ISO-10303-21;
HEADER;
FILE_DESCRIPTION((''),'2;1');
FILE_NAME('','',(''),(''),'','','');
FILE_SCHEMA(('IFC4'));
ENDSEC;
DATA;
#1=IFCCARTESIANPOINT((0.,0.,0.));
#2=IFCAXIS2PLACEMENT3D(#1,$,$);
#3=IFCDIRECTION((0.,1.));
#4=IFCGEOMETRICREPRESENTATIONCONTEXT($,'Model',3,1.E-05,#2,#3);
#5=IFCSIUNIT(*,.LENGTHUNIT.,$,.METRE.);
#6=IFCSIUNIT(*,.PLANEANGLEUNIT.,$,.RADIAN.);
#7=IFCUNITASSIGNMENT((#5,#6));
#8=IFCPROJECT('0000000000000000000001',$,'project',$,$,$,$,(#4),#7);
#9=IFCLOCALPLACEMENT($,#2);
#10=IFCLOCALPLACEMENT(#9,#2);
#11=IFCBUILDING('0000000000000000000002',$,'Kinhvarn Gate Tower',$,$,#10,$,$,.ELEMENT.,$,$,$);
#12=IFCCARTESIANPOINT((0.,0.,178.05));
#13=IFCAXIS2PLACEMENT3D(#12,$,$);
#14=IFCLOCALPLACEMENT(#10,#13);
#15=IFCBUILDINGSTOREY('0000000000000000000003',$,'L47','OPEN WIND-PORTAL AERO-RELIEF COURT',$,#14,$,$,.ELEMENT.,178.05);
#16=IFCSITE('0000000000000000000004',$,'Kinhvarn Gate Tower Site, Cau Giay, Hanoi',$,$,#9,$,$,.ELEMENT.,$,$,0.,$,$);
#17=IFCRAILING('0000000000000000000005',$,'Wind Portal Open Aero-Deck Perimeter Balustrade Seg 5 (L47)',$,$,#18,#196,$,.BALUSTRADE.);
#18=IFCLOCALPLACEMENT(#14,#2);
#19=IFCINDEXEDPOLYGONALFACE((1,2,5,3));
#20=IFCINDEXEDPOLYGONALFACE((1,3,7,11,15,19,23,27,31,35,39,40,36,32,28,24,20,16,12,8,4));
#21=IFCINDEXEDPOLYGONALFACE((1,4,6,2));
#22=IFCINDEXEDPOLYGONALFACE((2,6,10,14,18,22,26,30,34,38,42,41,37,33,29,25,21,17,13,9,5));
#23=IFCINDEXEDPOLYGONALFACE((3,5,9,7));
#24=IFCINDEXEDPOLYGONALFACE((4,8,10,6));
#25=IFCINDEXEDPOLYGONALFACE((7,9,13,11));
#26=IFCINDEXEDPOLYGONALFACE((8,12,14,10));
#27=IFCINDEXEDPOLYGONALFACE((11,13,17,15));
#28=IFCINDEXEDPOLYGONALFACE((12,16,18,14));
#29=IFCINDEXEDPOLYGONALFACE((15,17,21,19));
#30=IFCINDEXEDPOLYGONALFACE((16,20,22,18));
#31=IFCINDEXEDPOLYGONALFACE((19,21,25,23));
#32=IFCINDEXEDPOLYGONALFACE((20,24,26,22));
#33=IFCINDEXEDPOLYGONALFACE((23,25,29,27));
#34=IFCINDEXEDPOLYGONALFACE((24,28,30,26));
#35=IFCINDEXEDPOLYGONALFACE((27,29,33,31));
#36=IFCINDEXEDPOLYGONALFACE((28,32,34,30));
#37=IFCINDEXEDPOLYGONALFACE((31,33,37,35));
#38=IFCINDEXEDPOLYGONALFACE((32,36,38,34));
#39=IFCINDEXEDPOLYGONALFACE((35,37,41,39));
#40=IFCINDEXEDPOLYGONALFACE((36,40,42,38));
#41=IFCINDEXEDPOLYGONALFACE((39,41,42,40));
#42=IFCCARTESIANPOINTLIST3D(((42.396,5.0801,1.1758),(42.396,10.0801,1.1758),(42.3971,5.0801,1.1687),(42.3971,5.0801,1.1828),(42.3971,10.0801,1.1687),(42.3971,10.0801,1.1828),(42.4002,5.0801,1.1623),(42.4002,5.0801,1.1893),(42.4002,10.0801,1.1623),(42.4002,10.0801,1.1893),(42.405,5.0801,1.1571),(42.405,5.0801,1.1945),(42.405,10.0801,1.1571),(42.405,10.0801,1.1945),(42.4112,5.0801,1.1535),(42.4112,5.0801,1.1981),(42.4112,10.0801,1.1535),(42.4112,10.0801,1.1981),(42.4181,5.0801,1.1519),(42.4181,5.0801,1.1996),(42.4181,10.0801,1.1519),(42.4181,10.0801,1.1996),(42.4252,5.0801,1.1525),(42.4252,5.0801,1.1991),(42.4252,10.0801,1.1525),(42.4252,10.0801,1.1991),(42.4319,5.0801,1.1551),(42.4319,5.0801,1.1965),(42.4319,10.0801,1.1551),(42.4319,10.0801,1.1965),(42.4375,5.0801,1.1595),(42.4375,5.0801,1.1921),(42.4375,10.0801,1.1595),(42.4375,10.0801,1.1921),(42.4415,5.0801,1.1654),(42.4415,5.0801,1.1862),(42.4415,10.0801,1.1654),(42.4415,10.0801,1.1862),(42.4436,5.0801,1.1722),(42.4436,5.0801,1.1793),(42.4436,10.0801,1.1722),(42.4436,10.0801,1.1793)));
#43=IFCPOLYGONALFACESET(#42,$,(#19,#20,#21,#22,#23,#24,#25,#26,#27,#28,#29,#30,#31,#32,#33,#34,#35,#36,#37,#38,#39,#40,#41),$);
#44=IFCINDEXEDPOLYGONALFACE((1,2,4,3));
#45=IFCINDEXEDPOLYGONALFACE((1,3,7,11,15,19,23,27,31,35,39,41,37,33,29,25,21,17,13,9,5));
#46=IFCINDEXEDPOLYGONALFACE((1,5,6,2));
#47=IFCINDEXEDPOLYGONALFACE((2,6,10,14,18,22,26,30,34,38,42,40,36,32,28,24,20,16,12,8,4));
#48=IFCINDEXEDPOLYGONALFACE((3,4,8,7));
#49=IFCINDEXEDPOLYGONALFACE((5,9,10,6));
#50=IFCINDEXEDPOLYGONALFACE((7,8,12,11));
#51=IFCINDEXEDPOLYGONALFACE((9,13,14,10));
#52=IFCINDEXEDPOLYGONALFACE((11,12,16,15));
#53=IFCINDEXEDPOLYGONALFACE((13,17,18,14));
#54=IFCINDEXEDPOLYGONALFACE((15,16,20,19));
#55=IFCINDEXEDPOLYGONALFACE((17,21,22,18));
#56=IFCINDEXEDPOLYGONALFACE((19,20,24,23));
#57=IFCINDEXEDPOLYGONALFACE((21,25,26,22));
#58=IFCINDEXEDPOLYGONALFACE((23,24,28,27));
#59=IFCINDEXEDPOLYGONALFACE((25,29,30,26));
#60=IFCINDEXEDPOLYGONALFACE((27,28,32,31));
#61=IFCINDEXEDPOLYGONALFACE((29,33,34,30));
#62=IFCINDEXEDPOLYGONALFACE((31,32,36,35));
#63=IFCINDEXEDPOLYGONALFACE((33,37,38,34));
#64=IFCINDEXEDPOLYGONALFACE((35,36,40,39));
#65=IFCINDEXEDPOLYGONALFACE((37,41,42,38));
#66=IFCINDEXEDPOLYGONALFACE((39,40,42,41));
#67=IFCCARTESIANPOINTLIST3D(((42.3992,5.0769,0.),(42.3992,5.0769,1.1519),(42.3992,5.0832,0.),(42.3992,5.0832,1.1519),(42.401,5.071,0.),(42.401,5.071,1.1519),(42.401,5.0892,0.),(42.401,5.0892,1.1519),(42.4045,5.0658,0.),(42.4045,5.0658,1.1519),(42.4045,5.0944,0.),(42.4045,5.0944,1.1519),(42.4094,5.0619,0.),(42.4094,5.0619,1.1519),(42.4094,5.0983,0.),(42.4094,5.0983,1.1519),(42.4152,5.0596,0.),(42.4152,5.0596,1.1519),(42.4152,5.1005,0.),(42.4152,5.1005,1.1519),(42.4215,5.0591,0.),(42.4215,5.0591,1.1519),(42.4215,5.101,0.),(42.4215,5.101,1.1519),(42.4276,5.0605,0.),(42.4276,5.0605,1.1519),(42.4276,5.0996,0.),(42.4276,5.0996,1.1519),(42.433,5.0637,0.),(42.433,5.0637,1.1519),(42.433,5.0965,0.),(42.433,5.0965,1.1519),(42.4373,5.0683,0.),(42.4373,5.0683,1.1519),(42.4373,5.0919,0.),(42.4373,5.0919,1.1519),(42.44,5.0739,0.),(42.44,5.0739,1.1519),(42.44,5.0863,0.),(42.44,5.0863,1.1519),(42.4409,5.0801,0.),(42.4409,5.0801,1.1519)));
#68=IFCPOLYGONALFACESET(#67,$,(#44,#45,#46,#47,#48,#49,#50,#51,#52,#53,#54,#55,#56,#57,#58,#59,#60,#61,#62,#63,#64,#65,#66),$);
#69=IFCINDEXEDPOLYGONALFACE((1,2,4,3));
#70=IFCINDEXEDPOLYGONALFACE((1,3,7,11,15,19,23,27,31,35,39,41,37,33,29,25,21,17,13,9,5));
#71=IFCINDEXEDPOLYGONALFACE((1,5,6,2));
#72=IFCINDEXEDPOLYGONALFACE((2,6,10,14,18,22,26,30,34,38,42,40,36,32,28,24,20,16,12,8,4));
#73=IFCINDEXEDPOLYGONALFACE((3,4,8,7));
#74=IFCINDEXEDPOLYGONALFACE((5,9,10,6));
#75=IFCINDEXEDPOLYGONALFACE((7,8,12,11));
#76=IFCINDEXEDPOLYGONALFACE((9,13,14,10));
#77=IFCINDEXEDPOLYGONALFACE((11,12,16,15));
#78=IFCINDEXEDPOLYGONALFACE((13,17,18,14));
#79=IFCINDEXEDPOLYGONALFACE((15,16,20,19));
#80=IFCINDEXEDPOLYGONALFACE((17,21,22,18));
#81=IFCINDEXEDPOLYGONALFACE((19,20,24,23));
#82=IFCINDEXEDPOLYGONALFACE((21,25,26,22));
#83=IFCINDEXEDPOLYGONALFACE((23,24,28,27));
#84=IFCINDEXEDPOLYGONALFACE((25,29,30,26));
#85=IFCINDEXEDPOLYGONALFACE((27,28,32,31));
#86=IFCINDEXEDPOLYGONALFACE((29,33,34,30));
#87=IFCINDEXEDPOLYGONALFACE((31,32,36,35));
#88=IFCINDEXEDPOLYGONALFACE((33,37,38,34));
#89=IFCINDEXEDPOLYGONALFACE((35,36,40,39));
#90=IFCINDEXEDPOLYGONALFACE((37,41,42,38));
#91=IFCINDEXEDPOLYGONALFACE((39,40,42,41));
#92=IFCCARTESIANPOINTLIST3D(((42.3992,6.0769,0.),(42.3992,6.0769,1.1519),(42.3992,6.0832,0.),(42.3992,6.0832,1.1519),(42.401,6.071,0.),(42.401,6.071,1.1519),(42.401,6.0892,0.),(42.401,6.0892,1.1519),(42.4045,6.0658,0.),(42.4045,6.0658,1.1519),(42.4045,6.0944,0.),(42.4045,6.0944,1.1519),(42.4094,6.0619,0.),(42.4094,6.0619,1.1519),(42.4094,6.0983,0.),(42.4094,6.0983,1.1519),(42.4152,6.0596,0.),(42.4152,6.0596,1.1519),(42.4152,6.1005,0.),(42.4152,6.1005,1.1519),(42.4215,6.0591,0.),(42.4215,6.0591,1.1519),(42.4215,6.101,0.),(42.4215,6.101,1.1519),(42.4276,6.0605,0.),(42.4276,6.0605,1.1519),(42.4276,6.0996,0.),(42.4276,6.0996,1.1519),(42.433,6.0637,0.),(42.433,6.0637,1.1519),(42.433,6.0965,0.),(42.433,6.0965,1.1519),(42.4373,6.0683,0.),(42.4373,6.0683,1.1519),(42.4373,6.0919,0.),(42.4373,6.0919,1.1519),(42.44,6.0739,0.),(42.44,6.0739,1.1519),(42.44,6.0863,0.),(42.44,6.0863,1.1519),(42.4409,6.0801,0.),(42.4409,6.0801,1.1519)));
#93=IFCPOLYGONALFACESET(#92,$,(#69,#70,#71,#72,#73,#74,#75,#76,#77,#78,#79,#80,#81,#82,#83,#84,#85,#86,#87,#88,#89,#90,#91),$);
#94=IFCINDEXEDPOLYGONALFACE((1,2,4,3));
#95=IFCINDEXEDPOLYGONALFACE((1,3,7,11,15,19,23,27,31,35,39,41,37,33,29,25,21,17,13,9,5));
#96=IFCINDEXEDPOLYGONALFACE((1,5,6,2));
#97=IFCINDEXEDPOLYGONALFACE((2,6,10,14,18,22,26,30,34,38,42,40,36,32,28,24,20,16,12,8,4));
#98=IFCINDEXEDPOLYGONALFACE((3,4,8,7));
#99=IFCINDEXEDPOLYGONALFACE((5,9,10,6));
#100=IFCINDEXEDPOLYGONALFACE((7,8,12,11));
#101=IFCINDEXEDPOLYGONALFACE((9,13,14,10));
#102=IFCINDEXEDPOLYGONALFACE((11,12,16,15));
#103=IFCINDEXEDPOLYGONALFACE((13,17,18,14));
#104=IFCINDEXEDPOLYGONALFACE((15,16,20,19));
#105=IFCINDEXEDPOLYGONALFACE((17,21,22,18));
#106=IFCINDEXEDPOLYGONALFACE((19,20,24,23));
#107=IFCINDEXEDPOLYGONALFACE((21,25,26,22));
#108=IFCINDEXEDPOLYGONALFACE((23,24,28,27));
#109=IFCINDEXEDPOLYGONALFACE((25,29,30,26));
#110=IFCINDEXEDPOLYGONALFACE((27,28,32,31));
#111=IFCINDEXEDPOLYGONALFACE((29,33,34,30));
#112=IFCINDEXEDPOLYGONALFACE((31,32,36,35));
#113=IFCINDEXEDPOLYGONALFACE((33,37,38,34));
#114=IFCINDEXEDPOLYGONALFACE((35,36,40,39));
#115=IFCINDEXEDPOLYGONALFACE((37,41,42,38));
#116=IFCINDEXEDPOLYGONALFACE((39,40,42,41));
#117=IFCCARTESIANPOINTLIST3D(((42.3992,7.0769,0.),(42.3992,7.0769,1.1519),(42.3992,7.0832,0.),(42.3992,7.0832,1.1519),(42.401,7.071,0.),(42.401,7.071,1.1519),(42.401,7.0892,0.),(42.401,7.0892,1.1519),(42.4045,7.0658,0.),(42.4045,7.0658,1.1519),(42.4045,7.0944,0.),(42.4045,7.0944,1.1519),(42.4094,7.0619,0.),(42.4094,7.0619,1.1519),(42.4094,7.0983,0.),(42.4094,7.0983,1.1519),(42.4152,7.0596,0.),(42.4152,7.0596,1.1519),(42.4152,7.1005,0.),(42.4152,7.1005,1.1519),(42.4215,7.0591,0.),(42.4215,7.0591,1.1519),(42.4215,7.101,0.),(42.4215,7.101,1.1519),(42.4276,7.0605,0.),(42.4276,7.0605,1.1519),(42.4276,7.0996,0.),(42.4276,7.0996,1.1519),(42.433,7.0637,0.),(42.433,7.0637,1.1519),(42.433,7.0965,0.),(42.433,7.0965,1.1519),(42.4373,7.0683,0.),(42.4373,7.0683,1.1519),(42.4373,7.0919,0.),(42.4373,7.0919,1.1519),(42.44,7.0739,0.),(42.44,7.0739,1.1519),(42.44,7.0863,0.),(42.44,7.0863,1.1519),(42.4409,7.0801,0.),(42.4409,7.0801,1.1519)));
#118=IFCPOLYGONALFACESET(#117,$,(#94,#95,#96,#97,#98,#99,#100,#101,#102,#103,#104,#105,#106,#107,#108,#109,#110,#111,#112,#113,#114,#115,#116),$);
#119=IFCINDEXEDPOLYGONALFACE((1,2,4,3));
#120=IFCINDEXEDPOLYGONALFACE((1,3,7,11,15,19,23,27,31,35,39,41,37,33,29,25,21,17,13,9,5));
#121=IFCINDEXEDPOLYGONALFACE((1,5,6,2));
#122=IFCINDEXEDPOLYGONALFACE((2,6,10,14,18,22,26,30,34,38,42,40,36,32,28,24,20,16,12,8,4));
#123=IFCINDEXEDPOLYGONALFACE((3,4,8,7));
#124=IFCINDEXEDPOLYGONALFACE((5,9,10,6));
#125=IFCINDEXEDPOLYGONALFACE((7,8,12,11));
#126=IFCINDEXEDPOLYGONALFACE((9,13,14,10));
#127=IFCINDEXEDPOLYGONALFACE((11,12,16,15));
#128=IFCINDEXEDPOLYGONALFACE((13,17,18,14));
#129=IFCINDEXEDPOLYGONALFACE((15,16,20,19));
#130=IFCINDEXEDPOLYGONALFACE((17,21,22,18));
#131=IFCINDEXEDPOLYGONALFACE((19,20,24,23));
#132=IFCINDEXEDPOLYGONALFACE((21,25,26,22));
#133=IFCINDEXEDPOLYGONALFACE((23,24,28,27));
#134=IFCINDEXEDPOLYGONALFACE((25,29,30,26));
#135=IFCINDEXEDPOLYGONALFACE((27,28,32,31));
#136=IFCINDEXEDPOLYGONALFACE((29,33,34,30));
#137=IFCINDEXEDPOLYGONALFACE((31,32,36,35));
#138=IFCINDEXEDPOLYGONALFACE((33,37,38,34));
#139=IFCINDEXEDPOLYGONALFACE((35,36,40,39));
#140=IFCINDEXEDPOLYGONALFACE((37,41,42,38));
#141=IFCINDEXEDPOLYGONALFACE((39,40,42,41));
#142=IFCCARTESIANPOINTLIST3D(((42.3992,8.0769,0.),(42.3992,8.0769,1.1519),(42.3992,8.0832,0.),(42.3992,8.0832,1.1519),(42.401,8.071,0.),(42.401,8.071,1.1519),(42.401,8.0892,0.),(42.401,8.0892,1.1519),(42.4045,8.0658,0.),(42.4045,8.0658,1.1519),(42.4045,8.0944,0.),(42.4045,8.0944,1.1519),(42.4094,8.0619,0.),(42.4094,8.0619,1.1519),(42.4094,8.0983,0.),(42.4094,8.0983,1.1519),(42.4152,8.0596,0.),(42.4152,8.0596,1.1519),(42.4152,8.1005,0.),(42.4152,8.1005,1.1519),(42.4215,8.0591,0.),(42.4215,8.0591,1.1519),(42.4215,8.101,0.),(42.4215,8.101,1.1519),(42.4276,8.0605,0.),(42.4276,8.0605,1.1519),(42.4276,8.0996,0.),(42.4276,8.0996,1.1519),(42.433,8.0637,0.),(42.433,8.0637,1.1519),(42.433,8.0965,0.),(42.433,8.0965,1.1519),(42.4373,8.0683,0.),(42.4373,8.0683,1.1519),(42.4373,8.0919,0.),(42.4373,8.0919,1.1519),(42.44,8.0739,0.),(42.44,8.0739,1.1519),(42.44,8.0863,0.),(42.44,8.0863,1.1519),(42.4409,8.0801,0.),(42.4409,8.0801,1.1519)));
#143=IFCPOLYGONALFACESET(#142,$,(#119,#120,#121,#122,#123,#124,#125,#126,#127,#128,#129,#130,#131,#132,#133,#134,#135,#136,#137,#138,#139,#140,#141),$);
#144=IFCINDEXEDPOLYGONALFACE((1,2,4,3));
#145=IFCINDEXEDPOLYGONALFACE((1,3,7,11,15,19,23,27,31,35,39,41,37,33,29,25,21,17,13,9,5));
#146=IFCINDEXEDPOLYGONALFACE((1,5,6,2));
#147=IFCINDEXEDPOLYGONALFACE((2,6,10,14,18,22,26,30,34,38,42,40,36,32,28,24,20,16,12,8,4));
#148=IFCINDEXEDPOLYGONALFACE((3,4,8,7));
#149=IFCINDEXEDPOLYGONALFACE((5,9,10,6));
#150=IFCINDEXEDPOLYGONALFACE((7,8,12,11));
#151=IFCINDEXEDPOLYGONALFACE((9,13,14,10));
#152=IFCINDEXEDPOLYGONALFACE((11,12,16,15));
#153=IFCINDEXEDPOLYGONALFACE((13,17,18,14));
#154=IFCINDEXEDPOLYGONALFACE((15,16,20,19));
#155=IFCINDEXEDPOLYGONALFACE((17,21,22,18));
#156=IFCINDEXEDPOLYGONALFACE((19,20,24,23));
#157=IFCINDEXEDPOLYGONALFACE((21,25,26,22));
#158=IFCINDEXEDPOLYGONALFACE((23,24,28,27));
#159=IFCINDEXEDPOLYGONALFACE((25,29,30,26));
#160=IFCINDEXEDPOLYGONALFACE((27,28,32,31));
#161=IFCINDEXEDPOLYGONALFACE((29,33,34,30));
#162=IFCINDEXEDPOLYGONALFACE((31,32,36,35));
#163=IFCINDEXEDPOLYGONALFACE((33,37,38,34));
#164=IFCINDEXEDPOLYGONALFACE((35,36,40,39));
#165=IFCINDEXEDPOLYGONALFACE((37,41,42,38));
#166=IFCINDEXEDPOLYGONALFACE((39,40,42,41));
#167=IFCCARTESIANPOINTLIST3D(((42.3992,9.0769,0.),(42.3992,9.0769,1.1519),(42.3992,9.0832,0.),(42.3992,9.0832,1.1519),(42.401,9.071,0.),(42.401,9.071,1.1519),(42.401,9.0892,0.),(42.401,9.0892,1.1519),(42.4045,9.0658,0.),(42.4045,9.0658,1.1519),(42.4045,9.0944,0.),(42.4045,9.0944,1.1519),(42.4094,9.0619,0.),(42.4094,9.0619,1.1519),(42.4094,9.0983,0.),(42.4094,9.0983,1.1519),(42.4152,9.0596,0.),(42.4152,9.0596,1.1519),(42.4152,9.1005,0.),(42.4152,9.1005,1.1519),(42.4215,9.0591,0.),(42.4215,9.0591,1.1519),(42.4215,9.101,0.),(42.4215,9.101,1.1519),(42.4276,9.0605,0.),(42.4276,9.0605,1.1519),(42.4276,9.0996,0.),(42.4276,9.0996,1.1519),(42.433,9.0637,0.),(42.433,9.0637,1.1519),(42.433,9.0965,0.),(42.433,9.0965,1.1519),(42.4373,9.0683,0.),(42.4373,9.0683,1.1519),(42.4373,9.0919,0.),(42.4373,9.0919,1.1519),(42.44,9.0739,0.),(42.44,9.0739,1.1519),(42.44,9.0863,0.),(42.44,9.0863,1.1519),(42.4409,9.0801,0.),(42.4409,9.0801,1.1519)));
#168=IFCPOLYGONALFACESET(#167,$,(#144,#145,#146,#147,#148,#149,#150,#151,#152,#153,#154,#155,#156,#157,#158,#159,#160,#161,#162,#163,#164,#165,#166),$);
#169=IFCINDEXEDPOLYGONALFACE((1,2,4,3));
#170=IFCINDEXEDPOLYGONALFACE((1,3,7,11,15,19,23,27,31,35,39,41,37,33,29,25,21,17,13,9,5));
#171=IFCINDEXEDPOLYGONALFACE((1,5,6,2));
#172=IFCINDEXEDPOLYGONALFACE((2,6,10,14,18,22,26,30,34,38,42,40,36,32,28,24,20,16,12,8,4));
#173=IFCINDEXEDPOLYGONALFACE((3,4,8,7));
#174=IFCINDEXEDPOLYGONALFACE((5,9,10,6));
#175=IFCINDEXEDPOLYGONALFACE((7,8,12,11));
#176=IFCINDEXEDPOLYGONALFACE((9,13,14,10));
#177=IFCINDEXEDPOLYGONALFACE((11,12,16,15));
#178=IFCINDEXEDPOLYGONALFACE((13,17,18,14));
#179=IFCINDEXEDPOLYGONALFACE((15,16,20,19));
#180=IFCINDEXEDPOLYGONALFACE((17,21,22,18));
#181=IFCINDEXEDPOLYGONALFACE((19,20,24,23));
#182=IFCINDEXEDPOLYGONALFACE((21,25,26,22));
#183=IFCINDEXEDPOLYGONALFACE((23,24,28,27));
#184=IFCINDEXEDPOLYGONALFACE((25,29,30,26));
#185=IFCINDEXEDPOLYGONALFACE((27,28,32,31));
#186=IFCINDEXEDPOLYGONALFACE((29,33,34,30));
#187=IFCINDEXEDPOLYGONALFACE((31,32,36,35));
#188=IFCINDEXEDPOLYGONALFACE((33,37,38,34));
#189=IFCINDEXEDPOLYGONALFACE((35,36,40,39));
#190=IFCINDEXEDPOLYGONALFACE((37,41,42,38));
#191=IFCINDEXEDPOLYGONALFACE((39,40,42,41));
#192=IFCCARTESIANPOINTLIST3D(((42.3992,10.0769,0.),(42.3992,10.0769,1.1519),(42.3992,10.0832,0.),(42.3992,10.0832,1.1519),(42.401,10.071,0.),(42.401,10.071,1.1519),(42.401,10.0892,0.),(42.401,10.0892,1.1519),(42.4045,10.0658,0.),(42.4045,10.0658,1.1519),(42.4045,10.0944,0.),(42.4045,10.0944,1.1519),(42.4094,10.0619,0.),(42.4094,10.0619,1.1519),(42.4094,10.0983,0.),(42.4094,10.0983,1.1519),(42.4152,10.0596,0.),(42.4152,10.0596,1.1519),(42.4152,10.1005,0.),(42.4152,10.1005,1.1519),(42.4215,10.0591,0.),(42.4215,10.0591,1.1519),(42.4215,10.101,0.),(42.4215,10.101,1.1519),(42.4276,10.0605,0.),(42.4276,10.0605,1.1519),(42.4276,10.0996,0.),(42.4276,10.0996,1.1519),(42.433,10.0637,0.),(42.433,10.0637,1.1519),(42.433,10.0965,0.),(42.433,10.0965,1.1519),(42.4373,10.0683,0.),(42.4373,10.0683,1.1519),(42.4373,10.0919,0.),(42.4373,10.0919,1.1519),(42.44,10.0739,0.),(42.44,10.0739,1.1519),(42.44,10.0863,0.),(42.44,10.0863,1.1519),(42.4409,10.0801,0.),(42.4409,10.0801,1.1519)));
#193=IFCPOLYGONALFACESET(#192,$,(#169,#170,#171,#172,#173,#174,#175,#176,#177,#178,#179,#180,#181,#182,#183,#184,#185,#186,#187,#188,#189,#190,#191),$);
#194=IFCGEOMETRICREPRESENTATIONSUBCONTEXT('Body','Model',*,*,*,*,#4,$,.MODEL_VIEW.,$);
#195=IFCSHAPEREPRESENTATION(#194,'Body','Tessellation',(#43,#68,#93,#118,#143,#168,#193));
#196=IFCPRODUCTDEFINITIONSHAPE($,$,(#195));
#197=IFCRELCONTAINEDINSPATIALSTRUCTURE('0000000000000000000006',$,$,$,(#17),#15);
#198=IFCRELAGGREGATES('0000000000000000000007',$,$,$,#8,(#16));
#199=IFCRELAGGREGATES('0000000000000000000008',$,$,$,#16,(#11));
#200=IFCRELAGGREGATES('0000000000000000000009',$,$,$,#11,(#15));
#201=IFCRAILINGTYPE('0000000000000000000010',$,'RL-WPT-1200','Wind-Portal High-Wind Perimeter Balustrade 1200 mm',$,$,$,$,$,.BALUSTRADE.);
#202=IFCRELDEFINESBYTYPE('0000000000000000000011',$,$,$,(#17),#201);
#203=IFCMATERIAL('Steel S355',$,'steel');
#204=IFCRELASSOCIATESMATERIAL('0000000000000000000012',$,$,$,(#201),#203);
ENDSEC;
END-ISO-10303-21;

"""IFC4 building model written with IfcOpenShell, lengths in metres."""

from ifc_helpers import new_model, si_unit, direction, frame, origin, origin_2d, place, context, subcontext, project, spatial, circle, extrude, material, type_object, element, save


model = new_model("IFC4")

# Units and contexts
model_context = context("Model", 3, precision=1e-05, world=origin(), true_north=direction((0.0, 1.0)))
body_context = subcontext(model_context, "Body", "Model", "MODEL_VIEW")
ifc_project = project(units=[si_unit("LENGTHUNIT", "METRE"), si_unit("PLANEANGLEUNIT", "RADIAN")], contexts=[model_context])

# Site, building, storey
site_placement = place(None, origin())
site = spatial("IfcSite", under=ifc_project, at=site_placement, Name="Kinhvarn Gate Tower Site, Cau Giay, Hanoi", CompositionType="ELEMENT", RefElevation=0.0)
building_placement = place(site_placement, origin())
building = spatial("IfcBuilding", under=site, at=building_placement, Name="Kinhvarn Gate Tower", CompositionType="ELEMENT")
storey_placement = place(building_placement, frame((0.0, 0.0, 178.05)))
storey = spatial("IfcBuildingStorey", under=building, at=storey_placement, Name="L47", Description="OPEN WIND-PORTAL AERO-RELIEF COURT", CompositionType="ELEMENT", Elevation=178.05)

# Shared definitions
ifc_material_1 = material(Name="Steel S355", Category="steel")

# Railing
railing_type = type_object("IfcRailingType", Name="RL-WPT-1200", Description="Wind-Portal High-Wind Perimeter Balustrade 1200 mm", PredefinedType="BALUSTRADE", material=ifc_material_1)
railing_1_placement = place(storey_placement, frame((42.4199, 5.0801, 0.0)))
element("IfcRailing", 1, at=railing_1_placement, inside=storey, type_object=railing_type, Name="Wind Portal Open Aero-Deck Perimeter Balustrade Seg 5 (L47)", PredefinedType="BALUSTRADE", context=body_context, shape_type="SweptSolid", body=[
    extrude(circle(Radius=0.0239, at=origin_2d()), frame((0.0, 0.0, 1.1758), z_axis=(0.0, 1.0, 0.0), x_axis=(-1.0, 0.0, 0.0)), (0.0, 0.0, 1.0), 5.0),
    extrude(circle(Radius=0.021, at=origin_2d()), origin(), (0.0, 0.0, 1.0), 1.1519),
    extrude(circle(Radius=0.021, at=origin_2d()), frame((0.0, 1.0, 0.0)), (0.0, 0.0, 1.0), 1.1519),
    extrude(circle(Radius=0.021, at=origin_2d()), frame((0.0, 2.0, 0.0)), (0.0, 0.0, 1.0), 1.1519),
    extrude(circle(Radius=0.021, at=origin_2d()), frame((0.0, 3.0, 0.0)), (0.0, 0.0, 1.0), 1.1519),
    extrude(circle(Radius=0.021, at=origin_2d()), frame((0.0, 4.0, 0.0)), (0.0, 0.0, 1.0), 1.1519),
    extrude(circle(Radius=0.021, at=origin_2d()), frame((0.0, 5.0, 0.0)), (0.0, 0.0, 1.0), 1.1519),
])

save(model, "model.ifc")
